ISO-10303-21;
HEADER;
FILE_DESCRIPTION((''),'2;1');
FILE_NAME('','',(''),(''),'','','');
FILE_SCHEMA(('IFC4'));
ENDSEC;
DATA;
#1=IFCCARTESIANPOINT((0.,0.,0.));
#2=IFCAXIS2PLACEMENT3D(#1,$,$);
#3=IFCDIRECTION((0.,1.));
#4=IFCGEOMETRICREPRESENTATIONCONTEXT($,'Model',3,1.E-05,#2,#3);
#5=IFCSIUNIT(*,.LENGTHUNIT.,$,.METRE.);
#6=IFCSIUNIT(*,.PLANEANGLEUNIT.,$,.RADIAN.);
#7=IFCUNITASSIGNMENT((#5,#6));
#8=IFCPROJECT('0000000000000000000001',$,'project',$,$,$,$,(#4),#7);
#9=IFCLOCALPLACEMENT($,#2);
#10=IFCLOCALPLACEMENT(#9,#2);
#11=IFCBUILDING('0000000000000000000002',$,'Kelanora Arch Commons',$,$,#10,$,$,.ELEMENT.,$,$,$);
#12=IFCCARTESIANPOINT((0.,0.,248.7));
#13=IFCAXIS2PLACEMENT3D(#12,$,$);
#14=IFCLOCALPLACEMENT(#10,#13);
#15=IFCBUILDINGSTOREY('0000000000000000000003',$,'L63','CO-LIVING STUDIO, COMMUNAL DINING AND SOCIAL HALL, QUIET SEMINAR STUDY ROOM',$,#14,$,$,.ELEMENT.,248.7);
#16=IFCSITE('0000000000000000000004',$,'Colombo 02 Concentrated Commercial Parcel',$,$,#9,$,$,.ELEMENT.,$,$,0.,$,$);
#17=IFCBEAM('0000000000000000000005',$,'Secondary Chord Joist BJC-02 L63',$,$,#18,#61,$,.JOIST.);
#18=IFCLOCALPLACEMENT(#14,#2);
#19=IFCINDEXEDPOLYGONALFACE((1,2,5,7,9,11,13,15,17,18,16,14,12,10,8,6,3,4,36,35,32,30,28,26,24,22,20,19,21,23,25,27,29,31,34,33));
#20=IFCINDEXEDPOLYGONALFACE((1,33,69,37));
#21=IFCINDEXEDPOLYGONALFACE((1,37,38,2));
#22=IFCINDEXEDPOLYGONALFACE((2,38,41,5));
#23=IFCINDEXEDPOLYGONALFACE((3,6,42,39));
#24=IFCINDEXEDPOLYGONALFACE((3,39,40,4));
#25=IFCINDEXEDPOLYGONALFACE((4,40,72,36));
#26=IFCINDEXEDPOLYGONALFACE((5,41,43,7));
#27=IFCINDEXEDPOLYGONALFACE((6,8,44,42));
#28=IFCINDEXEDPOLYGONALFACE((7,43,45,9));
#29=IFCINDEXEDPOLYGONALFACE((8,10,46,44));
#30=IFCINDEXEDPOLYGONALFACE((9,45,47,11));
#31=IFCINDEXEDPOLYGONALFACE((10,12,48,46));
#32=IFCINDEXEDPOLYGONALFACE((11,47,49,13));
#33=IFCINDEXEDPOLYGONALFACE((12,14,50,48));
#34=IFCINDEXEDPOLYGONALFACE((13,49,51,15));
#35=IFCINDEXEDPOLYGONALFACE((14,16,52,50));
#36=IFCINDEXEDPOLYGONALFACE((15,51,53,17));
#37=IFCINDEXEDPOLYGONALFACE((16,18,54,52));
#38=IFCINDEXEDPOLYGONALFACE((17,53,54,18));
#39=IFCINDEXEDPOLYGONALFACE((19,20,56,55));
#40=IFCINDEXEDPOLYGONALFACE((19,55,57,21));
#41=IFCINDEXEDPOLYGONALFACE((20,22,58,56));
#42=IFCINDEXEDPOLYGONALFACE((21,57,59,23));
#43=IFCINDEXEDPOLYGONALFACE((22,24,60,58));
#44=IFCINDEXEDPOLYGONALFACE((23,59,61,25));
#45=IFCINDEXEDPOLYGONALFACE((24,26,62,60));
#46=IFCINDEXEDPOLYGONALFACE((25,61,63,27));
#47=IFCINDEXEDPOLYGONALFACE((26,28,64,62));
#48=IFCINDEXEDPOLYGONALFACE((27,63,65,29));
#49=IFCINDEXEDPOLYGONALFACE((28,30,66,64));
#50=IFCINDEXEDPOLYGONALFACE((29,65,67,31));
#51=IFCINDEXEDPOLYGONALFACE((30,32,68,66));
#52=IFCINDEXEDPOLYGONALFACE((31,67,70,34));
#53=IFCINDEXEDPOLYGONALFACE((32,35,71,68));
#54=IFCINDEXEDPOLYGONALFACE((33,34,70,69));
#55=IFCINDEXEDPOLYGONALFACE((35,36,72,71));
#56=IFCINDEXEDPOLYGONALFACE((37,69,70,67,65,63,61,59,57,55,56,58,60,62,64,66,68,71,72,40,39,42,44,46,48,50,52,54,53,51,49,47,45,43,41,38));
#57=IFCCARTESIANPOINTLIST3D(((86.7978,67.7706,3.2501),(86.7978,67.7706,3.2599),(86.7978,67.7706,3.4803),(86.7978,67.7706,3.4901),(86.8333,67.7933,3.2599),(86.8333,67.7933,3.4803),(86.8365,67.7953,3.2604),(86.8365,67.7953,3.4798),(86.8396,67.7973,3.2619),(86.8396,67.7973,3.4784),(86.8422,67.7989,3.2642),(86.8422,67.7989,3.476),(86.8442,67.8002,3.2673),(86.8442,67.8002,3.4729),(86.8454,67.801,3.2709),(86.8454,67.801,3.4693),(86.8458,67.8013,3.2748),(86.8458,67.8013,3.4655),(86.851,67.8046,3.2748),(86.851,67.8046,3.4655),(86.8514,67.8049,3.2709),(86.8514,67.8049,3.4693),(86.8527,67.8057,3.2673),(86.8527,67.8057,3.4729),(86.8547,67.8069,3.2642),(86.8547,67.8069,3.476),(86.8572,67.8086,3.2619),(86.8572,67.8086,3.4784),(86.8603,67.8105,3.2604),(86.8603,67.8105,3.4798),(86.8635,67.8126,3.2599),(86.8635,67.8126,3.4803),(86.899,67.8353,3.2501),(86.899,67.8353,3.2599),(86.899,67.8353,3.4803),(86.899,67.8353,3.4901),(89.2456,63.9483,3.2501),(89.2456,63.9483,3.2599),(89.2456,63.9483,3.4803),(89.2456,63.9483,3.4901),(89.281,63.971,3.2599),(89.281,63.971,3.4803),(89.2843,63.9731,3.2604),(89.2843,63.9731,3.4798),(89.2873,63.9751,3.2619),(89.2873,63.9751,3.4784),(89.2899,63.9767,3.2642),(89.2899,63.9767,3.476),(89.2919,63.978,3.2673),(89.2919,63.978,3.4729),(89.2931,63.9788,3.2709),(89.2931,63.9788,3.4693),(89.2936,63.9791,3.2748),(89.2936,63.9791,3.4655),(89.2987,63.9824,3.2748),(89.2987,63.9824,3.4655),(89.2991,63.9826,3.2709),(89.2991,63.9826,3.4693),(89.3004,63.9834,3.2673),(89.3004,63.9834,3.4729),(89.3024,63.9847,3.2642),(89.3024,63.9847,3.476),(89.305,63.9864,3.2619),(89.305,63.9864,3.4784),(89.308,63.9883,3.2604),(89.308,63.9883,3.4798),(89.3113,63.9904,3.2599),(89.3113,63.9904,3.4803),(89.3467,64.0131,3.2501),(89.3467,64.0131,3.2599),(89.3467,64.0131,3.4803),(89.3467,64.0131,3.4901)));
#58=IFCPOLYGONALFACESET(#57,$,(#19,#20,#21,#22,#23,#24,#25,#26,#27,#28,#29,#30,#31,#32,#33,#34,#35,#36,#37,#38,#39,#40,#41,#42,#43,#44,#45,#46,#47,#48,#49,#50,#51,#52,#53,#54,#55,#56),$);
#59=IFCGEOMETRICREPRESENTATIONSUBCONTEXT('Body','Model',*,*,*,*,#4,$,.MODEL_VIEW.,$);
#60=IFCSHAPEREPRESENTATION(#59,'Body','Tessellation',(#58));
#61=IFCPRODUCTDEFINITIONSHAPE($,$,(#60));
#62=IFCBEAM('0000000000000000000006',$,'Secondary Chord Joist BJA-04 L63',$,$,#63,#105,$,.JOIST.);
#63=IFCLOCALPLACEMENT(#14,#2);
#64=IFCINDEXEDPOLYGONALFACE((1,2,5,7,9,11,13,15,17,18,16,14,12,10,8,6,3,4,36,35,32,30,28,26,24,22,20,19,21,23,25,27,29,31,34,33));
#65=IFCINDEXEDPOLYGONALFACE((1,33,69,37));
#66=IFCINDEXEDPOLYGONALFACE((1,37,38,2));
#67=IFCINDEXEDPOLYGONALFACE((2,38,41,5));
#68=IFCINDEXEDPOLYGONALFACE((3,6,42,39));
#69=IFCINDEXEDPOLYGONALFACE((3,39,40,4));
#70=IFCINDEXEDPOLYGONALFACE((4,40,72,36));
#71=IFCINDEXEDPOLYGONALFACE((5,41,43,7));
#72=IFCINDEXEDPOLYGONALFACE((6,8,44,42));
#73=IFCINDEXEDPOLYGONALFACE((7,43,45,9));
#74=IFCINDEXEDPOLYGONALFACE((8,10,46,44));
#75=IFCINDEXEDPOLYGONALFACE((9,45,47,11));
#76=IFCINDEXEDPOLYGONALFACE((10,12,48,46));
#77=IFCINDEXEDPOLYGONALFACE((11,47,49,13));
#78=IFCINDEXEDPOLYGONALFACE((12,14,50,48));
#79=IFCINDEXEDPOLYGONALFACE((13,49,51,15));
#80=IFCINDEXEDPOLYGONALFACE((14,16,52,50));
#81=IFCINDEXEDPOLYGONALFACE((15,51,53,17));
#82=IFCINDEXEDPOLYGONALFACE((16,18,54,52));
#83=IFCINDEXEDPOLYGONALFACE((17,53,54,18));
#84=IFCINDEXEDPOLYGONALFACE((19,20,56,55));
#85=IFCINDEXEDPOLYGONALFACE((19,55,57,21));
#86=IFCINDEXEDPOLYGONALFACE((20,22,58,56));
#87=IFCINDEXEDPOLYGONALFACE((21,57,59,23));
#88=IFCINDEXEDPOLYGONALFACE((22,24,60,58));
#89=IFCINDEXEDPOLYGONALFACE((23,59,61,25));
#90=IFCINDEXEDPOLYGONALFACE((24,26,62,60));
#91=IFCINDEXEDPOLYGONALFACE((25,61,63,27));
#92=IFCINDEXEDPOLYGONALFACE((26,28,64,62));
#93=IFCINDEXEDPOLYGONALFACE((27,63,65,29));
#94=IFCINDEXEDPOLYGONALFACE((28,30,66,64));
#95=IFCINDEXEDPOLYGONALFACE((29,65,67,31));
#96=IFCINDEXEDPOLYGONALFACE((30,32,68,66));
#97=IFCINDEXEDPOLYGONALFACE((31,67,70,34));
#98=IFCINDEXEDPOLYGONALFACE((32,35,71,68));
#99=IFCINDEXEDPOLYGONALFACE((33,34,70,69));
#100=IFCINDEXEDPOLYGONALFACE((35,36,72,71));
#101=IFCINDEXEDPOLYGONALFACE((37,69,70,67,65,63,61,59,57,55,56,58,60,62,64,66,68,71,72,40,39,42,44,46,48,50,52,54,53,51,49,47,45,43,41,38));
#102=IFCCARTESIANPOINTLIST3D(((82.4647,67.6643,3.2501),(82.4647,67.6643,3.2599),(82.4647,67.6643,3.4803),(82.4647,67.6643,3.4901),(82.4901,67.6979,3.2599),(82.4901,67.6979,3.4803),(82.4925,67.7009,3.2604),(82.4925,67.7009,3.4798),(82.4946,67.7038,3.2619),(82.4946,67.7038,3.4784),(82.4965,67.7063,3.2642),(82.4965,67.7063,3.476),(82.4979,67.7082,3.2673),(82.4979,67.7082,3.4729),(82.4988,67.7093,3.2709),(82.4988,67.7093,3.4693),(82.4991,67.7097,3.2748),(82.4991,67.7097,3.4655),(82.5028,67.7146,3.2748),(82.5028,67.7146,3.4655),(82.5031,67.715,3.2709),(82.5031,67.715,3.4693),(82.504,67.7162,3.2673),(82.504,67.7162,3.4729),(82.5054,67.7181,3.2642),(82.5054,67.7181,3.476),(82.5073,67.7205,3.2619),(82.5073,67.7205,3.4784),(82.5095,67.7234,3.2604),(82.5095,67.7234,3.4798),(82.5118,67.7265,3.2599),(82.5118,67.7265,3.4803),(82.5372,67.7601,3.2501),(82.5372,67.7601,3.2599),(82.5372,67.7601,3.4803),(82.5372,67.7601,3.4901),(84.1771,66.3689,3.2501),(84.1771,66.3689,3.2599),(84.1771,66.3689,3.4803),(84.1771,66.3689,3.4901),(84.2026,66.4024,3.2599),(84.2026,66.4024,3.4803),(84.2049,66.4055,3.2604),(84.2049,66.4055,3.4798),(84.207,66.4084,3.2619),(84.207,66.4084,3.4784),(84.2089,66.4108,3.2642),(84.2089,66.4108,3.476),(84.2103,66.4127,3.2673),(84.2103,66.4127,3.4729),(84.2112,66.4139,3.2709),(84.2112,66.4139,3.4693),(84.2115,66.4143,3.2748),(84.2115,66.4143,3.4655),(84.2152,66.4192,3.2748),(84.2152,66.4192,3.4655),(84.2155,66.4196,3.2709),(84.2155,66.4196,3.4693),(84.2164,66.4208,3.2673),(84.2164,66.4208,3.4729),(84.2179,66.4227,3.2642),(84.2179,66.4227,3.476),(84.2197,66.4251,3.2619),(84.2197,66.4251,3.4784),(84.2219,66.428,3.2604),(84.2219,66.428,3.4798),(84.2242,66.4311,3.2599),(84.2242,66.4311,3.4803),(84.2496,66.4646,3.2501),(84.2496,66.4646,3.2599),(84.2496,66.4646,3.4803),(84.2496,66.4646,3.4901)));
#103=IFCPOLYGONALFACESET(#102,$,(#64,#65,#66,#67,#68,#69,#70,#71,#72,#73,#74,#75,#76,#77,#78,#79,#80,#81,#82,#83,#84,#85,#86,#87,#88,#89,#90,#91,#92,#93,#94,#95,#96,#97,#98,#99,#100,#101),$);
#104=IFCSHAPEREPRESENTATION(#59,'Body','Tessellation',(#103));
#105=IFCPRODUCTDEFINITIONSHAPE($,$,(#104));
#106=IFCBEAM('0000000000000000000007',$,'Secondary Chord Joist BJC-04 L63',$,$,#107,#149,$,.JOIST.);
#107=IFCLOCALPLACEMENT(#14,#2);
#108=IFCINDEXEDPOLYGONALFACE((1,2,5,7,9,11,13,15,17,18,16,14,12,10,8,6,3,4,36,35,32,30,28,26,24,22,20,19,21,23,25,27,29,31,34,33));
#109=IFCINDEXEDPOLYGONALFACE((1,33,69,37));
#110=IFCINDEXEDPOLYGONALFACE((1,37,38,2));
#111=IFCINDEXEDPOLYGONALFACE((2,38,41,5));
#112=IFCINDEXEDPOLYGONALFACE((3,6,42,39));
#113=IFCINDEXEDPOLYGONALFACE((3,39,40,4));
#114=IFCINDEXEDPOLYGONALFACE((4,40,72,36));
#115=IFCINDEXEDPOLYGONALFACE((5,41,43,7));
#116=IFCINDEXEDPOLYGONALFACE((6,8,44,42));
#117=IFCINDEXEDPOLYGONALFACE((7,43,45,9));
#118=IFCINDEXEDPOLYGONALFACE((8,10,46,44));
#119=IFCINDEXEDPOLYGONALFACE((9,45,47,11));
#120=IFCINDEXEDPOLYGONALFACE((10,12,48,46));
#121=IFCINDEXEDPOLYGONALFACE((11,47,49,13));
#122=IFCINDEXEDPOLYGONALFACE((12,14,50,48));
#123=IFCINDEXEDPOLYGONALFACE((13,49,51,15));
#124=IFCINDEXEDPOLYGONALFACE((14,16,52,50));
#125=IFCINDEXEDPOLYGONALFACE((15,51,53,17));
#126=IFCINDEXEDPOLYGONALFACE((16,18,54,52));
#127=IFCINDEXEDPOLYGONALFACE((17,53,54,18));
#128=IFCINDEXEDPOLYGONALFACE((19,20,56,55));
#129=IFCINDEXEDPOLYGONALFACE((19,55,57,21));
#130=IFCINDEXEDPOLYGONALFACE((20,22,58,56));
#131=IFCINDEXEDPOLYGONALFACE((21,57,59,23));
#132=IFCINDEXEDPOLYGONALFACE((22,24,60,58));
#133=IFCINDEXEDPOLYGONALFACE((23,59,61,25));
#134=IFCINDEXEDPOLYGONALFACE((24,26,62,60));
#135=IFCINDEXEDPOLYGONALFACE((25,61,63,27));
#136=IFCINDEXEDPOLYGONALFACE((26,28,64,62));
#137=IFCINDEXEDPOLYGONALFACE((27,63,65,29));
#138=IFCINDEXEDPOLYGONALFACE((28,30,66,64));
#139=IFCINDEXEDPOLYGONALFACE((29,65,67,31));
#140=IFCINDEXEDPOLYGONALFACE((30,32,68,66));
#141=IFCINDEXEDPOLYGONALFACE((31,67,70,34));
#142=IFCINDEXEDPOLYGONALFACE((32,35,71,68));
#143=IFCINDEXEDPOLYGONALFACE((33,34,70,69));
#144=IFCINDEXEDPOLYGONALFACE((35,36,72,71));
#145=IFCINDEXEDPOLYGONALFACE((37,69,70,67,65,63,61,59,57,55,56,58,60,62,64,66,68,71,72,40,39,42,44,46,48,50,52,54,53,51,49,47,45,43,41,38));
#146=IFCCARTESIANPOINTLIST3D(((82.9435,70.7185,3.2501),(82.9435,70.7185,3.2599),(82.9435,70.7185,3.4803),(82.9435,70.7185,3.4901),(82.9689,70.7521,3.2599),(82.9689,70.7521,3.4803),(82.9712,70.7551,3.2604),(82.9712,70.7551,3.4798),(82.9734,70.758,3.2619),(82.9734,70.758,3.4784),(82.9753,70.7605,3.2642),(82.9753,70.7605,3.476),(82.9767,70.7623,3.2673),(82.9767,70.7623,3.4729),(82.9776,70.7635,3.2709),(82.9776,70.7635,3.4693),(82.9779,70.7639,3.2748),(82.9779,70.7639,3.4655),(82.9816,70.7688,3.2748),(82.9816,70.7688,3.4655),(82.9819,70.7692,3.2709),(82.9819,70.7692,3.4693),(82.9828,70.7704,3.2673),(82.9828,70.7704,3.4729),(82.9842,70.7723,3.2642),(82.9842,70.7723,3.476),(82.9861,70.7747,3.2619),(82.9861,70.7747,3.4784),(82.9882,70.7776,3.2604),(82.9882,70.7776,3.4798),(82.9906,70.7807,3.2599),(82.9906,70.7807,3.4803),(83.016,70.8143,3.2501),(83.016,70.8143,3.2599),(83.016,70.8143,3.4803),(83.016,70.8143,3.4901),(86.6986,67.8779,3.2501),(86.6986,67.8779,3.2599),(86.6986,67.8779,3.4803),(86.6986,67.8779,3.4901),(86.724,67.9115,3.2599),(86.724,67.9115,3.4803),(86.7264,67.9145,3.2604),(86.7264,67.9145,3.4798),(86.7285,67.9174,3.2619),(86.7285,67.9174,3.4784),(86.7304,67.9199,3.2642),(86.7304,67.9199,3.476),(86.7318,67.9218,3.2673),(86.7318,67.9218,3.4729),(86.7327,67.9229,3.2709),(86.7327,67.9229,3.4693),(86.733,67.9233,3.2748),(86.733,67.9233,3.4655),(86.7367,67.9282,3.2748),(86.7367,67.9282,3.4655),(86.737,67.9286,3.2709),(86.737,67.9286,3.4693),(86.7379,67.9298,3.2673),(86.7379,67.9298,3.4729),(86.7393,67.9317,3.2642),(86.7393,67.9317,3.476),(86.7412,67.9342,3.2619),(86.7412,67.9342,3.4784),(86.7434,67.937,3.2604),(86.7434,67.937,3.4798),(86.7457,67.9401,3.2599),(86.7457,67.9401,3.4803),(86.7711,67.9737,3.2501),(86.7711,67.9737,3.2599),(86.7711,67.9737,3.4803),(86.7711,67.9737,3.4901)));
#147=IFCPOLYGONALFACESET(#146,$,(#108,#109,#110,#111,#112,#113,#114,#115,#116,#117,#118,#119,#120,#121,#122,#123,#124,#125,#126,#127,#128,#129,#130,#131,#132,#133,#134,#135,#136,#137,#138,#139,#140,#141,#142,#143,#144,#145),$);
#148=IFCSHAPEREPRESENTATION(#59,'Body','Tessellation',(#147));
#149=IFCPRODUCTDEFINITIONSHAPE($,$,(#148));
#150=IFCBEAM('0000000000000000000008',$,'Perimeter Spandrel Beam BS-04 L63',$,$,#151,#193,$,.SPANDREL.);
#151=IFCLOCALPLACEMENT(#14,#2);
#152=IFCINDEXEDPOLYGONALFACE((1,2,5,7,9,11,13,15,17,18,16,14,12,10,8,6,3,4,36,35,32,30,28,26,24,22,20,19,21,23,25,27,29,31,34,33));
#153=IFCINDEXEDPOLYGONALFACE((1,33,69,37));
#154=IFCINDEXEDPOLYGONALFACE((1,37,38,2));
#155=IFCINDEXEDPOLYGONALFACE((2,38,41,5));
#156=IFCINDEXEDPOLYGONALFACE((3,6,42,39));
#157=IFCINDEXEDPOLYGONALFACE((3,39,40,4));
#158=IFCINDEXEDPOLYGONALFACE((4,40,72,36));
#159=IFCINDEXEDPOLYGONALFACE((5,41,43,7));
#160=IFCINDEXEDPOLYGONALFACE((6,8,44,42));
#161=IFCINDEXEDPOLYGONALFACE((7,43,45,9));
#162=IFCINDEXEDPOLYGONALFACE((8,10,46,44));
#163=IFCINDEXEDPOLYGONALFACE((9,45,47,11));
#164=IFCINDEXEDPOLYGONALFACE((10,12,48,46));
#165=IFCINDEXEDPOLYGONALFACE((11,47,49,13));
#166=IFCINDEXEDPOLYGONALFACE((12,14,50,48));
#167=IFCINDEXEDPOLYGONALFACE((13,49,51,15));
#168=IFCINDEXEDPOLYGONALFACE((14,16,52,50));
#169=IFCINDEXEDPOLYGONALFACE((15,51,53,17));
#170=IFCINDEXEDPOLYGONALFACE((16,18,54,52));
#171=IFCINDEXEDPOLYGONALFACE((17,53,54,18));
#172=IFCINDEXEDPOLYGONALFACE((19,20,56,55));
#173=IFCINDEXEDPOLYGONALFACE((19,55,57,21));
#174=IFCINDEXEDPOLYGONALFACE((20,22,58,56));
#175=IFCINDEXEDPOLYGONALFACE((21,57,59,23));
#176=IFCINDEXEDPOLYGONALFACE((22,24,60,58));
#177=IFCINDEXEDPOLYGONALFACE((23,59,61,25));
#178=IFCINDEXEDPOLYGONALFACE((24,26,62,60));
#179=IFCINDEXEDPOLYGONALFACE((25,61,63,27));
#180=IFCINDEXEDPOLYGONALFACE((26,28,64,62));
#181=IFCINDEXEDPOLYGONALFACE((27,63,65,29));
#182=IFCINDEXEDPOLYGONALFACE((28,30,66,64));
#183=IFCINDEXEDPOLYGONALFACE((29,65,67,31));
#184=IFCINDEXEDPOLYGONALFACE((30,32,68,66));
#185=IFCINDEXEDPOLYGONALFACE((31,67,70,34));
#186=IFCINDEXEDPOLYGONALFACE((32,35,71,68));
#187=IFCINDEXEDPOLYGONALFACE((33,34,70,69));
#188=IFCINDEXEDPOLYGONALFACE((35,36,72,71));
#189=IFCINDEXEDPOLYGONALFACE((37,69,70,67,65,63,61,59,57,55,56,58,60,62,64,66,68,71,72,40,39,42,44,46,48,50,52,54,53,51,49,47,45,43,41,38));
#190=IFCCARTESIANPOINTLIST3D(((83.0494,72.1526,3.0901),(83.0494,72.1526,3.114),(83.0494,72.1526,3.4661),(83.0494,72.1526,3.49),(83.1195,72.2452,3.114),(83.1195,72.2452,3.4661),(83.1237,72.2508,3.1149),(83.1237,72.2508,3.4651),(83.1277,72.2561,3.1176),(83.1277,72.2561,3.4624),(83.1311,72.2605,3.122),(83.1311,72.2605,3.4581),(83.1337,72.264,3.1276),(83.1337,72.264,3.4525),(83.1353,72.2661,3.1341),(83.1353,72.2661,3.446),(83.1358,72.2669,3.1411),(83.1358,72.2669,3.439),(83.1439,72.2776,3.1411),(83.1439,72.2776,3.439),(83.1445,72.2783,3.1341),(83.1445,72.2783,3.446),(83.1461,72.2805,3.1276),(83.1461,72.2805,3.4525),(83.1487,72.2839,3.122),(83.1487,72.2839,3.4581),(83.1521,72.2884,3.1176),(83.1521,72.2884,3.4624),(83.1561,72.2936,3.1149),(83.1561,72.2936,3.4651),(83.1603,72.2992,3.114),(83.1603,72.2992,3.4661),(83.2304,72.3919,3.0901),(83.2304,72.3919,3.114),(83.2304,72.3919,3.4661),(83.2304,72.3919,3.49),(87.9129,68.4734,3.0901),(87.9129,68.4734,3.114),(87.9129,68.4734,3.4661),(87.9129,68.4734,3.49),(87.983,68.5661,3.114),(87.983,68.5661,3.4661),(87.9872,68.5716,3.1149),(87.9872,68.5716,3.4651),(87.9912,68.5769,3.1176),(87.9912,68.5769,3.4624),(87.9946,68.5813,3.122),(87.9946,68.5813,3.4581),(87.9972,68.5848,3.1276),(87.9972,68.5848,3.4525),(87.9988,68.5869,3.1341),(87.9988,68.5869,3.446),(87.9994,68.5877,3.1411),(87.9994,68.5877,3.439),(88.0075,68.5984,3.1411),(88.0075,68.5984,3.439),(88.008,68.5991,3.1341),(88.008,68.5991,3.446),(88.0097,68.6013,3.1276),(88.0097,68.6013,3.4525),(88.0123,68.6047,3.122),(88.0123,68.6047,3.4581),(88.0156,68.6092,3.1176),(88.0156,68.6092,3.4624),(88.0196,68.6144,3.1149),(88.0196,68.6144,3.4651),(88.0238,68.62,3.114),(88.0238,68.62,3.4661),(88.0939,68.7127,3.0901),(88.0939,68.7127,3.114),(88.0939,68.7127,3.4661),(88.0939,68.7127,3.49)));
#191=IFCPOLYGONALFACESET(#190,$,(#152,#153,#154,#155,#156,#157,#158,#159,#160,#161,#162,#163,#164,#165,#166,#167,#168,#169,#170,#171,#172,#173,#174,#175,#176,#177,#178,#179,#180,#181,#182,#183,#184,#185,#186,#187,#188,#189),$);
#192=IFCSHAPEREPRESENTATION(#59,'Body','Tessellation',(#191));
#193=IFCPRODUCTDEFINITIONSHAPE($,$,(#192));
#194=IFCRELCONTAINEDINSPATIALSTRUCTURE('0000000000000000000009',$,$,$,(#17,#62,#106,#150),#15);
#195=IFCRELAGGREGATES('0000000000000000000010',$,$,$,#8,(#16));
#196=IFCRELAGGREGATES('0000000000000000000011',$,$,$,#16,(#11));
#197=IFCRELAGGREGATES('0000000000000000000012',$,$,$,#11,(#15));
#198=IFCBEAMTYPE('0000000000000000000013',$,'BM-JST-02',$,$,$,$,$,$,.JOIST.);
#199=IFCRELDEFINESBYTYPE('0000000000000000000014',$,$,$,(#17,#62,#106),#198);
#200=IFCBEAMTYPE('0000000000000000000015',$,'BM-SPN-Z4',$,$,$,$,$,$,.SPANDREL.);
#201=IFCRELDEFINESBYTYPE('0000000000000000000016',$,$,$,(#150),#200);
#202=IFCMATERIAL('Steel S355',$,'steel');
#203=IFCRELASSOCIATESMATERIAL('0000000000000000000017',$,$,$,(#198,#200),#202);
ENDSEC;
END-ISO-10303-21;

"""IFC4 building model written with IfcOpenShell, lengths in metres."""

from ifc_helpers import new_model, si_unit, direction, frame, origin, origin_2d, place, context, subcontext, project, spatial, i_section, extrude, material, material_profile, profile_set, type_object, element, save


model = new_model("IFC4")

# Units and contexts
model_context = context("Model", 3, precision=1e-05, world=origin(), true_north=direction((0.0, 1.0)))
body_context = subcontext(model_context, "Body", "Model", "MODEL_VIEW")
ifc_project = project(units=[si_unit("LENGTHUNIT", "METRE"), si_unit("PLANEANGLEUNIT", "RADIAN")], contexts=[model_context])

# Site, building, storey
site_placement = place(None, origin())
site = spatial("IfcSite", under=ifc_project, at=site_placement, Name="Colombo 02 Concentrated Commercial Parcel", CompositionType="ELEMENT", RefElevation=0.0)
building_placement = place(site_placement, origin())
building = spatial("IfcBuilding", under=site, at=building_placement, Name="Kelanora Arch Commons", CompositionType="ELEMENT")
storey_placement = place(building_placement, frame((0.0, 0.0, 248.7)))
storey = spatial("IfcBuildingStorey", under=building, at=storey_placement, Name="L63", Description="CO-LIVING STUDIO, COMMUNAL DINING AND SOCIAL HALL, QUIET SEMINAR STUDY ROOM", CompositionType="ELEMENT", Elevation=248.7)

# Beams
ifc_material_1 = material(Name="Steel S355", Category="steel")
ifc_material_profile_1 = material_profile(ifc_material_1, i_section(OverallWidth=0.1201, OverallDepth=0.24, WebThickness=0.0061, FlangeThickness=0.0098, FilletRadius=0.0149, at=origin_2d()), Name="IPE240")
ifc_profile_set_1 = profile_set([ifc_material_profile_1], Name="Steel S355")
beam_type_1 = type_object("IfcBeamType", Name="BM-JST-02", PredefinedType="JOIST", material=ifc_profile_set_1)
beam_1_placement = place(storey_placement, frame((89.2961, 63.9807, 3.3701), z_axis=(-0.539289, 0.842121, 0.0), x_axis=(-0.842121, -0.539289, 0.0)))
element("IfcBeam", 1, at=beam_1_placement, inside=storey, type_object=beam_type_1, Name="Secondary Chord Joist BJC-02 L63", PredefinedType="JOIST", context=body_context, shape_type="SweptSolid", body=[
    extrude(i_section(OverallWidth=0.1201, OverallDepth=0.24, WebThickness=0.0061, FlangeThickness=0.0098, FilletRadius=0.0149, at=origin_2d()), origin(), (0.0, 0.0, 1.0), 4.5388),
])
beam_2_placement = place(storey_placement, frame((84.2134, 66.4167, 3.3701), z_axis=(-0.79751, 0.603306, 0.0), x_axis=(-0.603306, -0.79751, 0.0)))
element("IfcBeam", 2, at=beam_2_placement, inside=storey, type_object=beam_type_1, Name="Secondary Chord Joist BJA-04 L63", PredefinedType="JOIST", context=body_context, shape_type="SweptSolid", body=[
    extrude(i_section(OverallWidth=0.1201, OverallDepth=0.24, WebThickness=0.0061, FlangeThickness=0.0098, FilletRadius=0.0149, at=origin_2d()), origin(), (0.0, 0.0, 1.0), 2.1472),
])
beam_3_placement = place(storey_placement, frame((86.7349, 67.9258, 3.3701), z_axis=(-0.797523, 0.603289, 0.0), x_axis=(-0.603289, -0.797523, 0.0)))
element("IfcBeam", 3, at=beam_3_placement, inside=storey, type_object=beam_type_1, Name="Secondary Chord Joist BJC-04 L63", PredefinedType="JOIST", context=body_context, shape_type="SweptSolid", body=[
    extrude(i_section(OverallWidth=0.1201, OverallDepth=0.24, WebThickness=0.0061, FlangeThickness=0.0098, FilletRadius=0.0149, at=origin_2d()), origin(), (0.0, 0.0, 1.0), 4.7085),
])
ifc_material_profile_2 = material_profile(ifc_material_1, i_section(OverallWidth=0.3, OverallDepth=0.3999, WebThickness=0.0134, FlangeThickness=0.0239, FilletRadius=0.0271, at=origin_2d()), Name="HEB400")
ifc_profile_set_2 = profile_set([ifc_material_profile_2], Name="Steel S355")
beam_type_2 = type_object("IfcBeamType", Name="BM-SPN-Z4", PredefinedType="SPANDREL", material=ifc_profile_set_2)
beam_4_placement = place(storey_placement, frame((88.0034, 68.593, 3.29), z_axis=(-0.797509, 0.603306, 0.0), x_axis=(-0.603306, -0.797509, 0.0)))
element("IfcBeam", 4, at=beam_4_placement, inside=storey, type_object=beam_type_2, Name="Perimeter Spandrel Beam BS-04 L63", PredefinedType="SPANDREL", context=body_context, shape_type="SweptSolid", body=[
    extrude(i_section(OverallWidth=0.3, OverallDepth=0.3999, WebThickness=0.0134, FlangeThickness=0.0239, FilletRadius=0.0271, at=origin_2d()), origin(), (0.0, 0.0, 1.0), 6.0984),
])

save(model, "model.ifc")
